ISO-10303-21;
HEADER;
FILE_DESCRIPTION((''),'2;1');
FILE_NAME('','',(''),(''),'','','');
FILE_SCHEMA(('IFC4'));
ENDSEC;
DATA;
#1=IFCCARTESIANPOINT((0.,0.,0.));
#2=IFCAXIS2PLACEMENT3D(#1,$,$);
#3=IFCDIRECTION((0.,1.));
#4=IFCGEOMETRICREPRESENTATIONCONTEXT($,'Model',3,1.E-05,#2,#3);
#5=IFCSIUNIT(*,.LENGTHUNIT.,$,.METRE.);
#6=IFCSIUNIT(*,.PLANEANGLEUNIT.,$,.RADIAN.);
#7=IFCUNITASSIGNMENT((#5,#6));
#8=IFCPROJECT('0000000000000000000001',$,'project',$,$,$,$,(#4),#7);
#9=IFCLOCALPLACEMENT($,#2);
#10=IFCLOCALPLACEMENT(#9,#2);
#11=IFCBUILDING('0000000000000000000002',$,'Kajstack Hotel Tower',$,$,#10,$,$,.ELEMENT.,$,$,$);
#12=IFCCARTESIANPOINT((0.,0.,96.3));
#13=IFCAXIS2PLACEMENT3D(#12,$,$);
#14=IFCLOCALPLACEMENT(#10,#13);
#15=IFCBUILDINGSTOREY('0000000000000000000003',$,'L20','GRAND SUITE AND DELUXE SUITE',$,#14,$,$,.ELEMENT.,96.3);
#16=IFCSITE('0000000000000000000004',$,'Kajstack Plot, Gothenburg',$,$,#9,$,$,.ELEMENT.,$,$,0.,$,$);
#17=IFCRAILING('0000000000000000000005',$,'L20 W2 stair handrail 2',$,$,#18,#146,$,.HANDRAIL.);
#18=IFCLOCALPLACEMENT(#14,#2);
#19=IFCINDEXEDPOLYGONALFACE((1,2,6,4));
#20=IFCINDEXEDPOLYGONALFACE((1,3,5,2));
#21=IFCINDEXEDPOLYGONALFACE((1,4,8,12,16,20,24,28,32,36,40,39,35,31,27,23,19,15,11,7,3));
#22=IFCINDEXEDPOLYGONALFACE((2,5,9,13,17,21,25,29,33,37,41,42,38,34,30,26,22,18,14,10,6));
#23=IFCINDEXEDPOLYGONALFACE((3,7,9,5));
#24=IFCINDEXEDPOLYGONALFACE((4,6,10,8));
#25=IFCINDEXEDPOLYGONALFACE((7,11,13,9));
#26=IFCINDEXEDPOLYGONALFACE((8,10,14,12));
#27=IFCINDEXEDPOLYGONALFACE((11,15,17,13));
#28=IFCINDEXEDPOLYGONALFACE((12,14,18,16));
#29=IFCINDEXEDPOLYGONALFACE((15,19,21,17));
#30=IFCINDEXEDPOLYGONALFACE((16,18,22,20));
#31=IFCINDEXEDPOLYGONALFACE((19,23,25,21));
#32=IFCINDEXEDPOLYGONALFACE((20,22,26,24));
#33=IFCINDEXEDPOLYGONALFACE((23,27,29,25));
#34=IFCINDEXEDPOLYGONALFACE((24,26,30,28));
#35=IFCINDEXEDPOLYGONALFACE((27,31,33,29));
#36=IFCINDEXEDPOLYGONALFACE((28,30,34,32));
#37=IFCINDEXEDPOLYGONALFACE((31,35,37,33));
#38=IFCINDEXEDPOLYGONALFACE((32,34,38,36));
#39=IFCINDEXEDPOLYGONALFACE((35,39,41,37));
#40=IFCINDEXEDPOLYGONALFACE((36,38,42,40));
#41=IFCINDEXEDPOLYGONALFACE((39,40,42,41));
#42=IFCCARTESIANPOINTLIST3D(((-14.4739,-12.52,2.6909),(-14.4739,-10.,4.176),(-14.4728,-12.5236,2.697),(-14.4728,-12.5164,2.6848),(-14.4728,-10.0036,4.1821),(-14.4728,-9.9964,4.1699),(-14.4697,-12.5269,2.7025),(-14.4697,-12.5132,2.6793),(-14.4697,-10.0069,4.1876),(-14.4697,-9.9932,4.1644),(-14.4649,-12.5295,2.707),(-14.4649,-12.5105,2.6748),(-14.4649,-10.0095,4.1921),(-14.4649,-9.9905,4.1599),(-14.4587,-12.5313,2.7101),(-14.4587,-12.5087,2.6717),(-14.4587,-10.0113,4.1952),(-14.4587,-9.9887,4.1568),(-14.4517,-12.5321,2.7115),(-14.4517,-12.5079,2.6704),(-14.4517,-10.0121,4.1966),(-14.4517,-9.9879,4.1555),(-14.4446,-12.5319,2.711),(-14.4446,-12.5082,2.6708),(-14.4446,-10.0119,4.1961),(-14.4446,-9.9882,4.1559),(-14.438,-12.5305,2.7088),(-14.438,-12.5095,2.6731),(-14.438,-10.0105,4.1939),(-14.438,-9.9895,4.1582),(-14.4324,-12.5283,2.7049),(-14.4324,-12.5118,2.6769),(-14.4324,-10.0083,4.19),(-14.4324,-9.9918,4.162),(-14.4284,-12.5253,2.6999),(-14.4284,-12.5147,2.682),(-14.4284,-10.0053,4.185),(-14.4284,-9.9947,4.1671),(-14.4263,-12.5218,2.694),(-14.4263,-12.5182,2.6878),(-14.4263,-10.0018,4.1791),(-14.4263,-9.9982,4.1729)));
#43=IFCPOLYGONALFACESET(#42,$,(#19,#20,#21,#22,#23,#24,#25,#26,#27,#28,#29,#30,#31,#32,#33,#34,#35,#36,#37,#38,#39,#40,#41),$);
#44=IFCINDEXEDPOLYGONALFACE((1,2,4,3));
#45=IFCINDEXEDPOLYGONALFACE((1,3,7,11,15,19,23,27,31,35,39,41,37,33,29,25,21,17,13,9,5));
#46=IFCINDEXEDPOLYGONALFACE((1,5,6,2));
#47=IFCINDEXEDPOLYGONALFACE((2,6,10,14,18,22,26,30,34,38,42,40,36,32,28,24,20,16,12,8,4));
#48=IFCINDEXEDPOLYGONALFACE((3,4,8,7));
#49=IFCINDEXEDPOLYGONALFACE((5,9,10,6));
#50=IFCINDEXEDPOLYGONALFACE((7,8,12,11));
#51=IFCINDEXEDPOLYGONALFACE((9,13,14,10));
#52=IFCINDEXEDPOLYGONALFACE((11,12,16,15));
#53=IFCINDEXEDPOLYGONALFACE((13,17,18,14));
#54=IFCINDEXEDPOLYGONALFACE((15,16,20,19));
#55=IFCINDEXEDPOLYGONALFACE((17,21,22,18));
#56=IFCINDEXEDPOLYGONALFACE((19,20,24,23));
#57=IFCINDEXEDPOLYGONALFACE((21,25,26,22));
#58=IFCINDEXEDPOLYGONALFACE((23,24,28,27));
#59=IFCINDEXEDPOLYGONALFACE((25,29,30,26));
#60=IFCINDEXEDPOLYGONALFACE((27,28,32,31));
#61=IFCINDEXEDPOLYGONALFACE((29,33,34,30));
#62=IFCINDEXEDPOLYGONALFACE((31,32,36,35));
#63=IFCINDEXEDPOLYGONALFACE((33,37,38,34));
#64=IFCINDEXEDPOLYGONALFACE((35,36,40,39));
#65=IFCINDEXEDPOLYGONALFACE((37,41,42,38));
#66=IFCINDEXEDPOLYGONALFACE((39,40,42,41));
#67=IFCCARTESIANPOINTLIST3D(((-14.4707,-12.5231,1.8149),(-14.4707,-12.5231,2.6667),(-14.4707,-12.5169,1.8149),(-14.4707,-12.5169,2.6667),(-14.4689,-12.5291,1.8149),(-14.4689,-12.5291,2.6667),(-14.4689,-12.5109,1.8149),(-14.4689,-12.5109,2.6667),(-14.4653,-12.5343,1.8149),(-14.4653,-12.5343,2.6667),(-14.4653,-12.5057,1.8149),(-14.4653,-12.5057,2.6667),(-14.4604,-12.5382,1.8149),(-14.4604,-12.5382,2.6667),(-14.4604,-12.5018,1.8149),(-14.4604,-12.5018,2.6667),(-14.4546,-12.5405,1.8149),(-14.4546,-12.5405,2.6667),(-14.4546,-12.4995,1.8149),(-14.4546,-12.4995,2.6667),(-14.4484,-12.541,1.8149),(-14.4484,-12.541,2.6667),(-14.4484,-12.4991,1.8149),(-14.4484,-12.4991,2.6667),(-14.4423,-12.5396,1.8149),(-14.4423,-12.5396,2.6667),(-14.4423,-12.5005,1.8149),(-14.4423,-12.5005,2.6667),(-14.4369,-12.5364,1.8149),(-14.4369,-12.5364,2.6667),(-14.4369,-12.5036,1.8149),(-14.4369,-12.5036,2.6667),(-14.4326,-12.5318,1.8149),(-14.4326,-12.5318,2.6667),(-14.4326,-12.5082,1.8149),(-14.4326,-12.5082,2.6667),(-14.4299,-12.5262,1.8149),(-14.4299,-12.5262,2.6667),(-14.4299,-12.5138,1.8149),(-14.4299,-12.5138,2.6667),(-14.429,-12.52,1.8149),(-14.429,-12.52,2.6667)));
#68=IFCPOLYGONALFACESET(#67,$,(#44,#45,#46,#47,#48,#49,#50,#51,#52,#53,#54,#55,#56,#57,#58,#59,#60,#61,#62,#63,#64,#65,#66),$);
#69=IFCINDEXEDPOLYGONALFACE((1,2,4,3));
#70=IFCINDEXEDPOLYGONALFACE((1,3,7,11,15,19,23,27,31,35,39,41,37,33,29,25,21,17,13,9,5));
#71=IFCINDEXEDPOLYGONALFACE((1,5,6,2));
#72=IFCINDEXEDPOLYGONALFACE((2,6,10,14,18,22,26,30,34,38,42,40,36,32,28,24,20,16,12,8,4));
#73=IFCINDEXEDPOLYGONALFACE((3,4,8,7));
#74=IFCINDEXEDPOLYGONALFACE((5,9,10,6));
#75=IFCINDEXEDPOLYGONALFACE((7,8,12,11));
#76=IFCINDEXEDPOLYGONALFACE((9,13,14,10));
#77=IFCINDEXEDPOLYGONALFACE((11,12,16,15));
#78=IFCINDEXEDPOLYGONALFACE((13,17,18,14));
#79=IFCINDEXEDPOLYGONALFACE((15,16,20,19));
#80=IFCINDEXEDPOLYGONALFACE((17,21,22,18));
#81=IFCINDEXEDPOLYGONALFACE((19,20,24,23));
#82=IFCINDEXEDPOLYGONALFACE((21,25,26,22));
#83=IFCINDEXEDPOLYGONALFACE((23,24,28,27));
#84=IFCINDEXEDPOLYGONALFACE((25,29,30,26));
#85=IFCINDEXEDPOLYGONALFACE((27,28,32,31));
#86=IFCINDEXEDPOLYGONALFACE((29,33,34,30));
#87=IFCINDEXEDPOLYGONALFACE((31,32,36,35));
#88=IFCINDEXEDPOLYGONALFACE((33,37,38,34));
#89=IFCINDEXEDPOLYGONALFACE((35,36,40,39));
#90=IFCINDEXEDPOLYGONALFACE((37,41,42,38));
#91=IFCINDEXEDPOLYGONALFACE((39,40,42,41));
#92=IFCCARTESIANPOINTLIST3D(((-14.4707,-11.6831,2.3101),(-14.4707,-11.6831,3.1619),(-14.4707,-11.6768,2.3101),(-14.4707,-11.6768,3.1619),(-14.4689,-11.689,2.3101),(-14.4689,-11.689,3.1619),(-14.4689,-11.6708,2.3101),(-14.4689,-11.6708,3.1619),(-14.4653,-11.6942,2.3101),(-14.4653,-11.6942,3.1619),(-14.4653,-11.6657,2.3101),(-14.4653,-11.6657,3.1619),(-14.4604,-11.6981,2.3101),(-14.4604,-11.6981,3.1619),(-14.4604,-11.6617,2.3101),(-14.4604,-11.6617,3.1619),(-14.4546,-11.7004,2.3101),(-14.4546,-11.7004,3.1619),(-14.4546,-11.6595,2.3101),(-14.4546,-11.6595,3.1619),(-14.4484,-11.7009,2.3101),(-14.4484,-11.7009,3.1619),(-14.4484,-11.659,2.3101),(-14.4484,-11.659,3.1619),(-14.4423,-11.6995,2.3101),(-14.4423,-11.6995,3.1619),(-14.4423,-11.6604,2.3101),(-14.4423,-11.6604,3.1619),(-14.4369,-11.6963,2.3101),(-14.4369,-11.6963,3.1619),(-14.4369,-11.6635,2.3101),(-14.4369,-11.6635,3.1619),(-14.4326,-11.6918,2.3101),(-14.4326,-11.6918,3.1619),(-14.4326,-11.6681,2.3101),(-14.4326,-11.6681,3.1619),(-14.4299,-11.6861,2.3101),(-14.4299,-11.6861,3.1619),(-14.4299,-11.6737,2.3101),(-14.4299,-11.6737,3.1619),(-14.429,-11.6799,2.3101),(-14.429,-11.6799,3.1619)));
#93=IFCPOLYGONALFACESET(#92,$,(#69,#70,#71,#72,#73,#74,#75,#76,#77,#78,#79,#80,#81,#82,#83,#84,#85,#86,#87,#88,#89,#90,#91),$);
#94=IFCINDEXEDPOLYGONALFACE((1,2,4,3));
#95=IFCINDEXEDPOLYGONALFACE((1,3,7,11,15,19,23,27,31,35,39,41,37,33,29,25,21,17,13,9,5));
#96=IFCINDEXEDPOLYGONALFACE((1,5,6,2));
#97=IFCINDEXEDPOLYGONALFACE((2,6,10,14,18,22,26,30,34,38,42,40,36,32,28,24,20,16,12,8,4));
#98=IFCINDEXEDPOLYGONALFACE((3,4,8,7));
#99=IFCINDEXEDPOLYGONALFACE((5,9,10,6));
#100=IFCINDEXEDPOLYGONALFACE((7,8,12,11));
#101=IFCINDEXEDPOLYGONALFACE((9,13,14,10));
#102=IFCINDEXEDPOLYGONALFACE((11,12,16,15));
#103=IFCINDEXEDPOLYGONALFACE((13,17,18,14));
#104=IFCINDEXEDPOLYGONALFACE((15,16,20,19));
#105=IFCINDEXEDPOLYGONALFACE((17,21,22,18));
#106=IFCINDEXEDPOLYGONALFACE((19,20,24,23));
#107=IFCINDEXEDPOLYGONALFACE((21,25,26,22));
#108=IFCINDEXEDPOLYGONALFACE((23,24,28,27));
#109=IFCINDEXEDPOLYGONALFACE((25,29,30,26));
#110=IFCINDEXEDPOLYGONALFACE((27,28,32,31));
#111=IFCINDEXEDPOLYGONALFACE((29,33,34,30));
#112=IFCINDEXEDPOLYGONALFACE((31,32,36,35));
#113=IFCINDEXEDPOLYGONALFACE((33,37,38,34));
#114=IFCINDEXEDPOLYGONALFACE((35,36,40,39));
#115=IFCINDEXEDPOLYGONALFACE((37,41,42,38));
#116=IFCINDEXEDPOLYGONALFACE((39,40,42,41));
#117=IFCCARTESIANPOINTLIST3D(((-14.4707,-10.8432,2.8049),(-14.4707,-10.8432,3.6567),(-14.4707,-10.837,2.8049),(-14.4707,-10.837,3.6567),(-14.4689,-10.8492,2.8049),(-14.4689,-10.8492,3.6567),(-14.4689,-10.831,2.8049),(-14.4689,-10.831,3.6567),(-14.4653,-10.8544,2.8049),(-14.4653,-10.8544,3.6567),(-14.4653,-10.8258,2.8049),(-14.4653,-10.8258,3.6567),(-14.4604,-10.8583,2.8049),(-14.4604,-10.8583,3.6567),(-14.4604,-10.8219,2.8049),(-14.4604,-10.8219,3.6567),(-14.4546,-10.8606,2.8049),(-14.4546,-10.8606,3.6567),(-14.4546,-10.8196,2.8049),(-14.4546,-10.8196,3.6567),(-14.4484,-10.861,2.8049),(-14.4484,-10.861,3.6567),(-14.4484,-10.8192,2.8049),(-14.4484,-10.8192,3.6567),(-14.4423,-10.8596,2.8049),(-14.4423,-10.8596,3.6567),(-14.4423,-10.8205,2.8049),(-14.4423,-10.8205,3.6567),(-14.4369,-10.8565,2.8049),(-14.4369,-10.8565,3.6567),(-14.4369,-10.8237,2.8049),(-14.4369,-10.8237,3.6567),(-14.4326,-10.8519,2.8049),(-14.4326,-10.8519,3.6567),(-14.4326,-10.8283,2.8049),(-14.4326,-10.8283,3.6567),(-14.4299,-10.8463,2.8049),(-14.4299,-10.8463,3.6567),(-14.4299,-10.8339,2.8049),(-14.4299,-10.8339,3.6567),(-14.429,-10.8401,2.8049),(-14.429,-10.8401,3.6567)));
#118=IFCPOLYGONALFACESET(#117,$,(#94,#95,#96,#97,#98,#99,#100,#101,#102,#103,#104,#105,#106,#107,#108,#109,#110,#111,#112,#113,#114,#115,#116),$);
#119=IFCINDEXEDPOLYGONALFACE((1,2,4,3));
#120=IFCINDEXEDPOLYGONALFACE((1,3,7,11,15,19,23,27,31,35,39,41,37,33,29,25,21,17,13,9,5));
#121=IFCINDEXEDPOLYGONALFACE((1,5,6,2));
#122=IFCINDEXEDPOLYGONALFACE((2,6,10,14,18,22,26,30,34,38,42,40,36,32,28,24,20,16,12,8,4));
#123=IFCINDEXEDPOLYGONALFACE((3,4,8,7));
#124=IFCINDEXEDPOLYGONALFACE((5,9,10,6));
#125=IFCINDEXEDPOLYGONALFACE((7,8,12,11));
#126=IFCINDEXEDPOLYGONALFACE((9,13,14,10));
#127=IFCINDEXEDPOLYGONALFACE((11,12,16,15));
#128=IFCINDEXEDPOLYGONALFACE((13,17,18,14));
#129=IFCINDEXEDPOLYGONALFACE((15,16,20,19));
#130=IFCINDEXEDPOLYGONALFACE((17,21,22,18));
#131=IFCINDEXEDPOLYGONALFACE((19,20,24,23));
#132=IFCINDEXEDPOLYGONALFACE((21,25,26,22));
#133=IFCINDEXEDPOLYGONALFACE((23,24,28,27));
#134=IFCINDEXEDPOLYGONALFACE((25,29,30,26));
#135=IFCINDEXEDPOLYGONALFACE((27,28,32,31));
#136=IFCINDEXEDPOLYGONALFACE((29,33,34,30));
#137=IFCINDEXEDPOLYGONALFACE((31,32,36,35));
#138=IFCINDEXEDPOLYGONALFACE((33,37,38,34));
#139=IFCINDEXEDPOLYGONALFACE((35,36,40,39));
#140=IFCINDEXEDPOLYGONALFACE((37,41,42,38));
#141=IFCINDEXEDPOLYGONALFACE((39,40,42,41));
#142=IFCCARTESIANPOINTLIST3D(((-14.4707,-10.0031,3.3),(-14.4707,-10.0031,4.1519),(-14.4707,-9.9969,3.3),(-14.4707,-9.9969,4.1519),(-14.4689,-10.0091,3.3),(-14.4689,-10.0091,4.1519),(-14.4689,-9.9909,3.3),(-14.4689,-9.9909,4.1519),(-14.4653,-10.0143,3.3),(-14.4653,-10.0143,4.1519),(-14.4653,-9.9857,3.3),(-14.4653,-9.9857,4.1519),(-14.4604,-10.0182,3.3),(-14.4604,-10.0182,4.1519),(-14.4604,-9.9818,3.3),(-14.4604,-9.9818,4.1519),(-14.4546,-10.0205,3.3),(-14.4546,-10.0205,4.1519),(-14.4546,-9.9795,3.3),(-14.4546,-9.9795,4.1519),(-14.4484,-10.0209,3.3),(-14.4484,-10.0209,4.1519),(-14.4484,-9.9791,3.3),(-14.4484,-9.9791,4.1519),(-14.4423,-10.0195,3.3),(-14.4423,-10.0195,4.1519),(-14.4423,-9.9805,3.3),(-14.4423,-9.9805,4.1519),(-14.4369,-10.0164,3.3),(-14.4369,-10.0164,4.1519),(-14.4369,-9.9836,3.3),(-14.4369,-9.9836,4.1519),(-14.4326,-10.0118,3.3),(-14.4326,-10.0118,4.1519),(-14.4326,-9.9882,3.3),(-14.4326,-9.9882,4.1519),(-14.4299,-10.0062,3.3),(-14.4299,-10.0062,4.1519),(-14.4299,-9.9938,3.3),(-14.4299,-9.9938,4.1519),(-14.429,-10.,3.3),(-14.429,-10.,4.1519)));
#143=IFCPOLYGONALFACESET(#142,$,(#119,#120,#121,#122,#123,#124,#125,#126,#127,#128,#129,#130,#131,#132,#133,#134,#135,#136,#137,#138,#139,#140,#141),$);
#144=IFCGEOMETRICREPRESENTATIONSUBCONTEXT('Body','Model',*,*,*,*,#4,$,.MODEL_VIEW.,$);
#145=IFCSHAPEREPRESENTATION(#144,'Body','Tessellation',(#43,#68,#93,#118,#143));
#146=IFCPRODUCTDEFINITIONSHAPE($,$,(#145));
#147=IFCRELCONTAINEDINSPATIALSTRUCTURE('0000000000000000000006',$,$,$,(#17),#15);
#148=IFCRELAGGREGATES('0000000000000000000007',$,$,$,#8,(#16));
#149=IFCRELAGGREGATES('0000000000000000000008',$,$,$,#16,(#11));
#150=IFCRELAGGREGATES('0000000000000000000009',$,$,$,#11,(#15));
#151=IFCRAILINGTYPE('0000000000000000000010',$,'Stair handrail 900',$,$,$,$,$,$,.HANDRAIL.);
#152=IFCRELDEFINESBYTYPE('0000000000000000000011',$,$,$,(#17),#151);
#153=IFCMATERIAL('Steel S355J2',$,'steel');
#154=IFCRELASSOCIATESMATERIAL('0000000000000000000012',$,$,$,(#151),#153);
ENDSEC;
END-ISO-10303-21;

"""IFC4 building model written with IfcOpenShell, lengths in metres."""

from ifc_helpers import new_model, si_unit, direction, frame, origin, origin_2d, place, context, subcontext, project, spatial, circle, extrude, material, type_object, element, save


model = new_model("IFC4")

# Units and contexts
model_context = context("Model", 3, precision=1e-05, world=origin(), true_north=direction((0.0, 1.0)))
body_context = subcontext(model_context, "Body", "Model", "MODEL_VIEW")
ifc_project = project(units=[si_unit("LENGTHUNIT", "METRE"), si_unit("PLANEANGLEUNIT", "RADIAN")], contexts=[model_context])

# Site, building, storey
site_placement = place(None, origin())
site = spatial("IfcSite", under=ifc_project, at=site_placement, Name="Kajstack Plot, Gothenburg", CompositionType="ELEMENT", RefElevation=0.0)
building_placement = place(site_placement, origin())
building = spatial("IfcBuilding", under=site, at=building_placement, Name="Kajstack Hotel Tower", CompositionType="ELEMENT")
storey_placement = place(building_placement, frame((0.0, 0.0, 96.3)))
storey = spatial("IfcBuildingStorey", under=building, at=storey_placement, Name="L20", Description="GRAND SUITE AND DELUXE SUITE", CompositionType="ELEMENT", Elevation=96.3)

# Railing
ifc_material_1 = material(Name="Steel S355J2", Category="steel")
railing_type_1 = type_object("IfcRailingType", Name="Stair handrail 900", PredefinedType="HANDRAIL", material=ifc_material_1)
railing_1_placement = place(storey_placement, frame((-14.45, -12.52, 1.8149)))
element("IfcRailing", 1, at=railing_1_placement, inside=storey, type_object=railing_type_1, Name="L20 W2 stair handrail 2", PredefinedType="HANDRAIL", context=body_context, shape_type="SweptSolid", body=[
    extrude(circle(Radius=0.0239, at=origin_2d()), frame((0.0, 0.0, 0.876), z_axis=(0.0, 0.861524, 0.507717), x_axis=(-1.0, 0.0, 0.0)), (0.0, 0.0, 1.0), 2.925),
    extrude(circle(Radius=0.021, at=origin_2d()), origin(), (0.0, 0.0, 1.0), 0.8518),
    extrude(circle(Radius=0.021, at=origin_2d()), frame((0.0, 0.8401, 0.4951)), (0.0, 0.0, 1.0), 0.8518),
    extrude(circle(Radius=0.021, at=origin_2d()), frame((0.0, 1.6799, 0.99)), (0.0, 0.0, 1.0), 0.8518),
    extrude(circle(Radius=0.021, at=origin_2d()), frame((0.0, 2.52, 1.4851)), (0.0, 0.0, 1.0), 0.8518),
])

save(model, "model.ifc")
